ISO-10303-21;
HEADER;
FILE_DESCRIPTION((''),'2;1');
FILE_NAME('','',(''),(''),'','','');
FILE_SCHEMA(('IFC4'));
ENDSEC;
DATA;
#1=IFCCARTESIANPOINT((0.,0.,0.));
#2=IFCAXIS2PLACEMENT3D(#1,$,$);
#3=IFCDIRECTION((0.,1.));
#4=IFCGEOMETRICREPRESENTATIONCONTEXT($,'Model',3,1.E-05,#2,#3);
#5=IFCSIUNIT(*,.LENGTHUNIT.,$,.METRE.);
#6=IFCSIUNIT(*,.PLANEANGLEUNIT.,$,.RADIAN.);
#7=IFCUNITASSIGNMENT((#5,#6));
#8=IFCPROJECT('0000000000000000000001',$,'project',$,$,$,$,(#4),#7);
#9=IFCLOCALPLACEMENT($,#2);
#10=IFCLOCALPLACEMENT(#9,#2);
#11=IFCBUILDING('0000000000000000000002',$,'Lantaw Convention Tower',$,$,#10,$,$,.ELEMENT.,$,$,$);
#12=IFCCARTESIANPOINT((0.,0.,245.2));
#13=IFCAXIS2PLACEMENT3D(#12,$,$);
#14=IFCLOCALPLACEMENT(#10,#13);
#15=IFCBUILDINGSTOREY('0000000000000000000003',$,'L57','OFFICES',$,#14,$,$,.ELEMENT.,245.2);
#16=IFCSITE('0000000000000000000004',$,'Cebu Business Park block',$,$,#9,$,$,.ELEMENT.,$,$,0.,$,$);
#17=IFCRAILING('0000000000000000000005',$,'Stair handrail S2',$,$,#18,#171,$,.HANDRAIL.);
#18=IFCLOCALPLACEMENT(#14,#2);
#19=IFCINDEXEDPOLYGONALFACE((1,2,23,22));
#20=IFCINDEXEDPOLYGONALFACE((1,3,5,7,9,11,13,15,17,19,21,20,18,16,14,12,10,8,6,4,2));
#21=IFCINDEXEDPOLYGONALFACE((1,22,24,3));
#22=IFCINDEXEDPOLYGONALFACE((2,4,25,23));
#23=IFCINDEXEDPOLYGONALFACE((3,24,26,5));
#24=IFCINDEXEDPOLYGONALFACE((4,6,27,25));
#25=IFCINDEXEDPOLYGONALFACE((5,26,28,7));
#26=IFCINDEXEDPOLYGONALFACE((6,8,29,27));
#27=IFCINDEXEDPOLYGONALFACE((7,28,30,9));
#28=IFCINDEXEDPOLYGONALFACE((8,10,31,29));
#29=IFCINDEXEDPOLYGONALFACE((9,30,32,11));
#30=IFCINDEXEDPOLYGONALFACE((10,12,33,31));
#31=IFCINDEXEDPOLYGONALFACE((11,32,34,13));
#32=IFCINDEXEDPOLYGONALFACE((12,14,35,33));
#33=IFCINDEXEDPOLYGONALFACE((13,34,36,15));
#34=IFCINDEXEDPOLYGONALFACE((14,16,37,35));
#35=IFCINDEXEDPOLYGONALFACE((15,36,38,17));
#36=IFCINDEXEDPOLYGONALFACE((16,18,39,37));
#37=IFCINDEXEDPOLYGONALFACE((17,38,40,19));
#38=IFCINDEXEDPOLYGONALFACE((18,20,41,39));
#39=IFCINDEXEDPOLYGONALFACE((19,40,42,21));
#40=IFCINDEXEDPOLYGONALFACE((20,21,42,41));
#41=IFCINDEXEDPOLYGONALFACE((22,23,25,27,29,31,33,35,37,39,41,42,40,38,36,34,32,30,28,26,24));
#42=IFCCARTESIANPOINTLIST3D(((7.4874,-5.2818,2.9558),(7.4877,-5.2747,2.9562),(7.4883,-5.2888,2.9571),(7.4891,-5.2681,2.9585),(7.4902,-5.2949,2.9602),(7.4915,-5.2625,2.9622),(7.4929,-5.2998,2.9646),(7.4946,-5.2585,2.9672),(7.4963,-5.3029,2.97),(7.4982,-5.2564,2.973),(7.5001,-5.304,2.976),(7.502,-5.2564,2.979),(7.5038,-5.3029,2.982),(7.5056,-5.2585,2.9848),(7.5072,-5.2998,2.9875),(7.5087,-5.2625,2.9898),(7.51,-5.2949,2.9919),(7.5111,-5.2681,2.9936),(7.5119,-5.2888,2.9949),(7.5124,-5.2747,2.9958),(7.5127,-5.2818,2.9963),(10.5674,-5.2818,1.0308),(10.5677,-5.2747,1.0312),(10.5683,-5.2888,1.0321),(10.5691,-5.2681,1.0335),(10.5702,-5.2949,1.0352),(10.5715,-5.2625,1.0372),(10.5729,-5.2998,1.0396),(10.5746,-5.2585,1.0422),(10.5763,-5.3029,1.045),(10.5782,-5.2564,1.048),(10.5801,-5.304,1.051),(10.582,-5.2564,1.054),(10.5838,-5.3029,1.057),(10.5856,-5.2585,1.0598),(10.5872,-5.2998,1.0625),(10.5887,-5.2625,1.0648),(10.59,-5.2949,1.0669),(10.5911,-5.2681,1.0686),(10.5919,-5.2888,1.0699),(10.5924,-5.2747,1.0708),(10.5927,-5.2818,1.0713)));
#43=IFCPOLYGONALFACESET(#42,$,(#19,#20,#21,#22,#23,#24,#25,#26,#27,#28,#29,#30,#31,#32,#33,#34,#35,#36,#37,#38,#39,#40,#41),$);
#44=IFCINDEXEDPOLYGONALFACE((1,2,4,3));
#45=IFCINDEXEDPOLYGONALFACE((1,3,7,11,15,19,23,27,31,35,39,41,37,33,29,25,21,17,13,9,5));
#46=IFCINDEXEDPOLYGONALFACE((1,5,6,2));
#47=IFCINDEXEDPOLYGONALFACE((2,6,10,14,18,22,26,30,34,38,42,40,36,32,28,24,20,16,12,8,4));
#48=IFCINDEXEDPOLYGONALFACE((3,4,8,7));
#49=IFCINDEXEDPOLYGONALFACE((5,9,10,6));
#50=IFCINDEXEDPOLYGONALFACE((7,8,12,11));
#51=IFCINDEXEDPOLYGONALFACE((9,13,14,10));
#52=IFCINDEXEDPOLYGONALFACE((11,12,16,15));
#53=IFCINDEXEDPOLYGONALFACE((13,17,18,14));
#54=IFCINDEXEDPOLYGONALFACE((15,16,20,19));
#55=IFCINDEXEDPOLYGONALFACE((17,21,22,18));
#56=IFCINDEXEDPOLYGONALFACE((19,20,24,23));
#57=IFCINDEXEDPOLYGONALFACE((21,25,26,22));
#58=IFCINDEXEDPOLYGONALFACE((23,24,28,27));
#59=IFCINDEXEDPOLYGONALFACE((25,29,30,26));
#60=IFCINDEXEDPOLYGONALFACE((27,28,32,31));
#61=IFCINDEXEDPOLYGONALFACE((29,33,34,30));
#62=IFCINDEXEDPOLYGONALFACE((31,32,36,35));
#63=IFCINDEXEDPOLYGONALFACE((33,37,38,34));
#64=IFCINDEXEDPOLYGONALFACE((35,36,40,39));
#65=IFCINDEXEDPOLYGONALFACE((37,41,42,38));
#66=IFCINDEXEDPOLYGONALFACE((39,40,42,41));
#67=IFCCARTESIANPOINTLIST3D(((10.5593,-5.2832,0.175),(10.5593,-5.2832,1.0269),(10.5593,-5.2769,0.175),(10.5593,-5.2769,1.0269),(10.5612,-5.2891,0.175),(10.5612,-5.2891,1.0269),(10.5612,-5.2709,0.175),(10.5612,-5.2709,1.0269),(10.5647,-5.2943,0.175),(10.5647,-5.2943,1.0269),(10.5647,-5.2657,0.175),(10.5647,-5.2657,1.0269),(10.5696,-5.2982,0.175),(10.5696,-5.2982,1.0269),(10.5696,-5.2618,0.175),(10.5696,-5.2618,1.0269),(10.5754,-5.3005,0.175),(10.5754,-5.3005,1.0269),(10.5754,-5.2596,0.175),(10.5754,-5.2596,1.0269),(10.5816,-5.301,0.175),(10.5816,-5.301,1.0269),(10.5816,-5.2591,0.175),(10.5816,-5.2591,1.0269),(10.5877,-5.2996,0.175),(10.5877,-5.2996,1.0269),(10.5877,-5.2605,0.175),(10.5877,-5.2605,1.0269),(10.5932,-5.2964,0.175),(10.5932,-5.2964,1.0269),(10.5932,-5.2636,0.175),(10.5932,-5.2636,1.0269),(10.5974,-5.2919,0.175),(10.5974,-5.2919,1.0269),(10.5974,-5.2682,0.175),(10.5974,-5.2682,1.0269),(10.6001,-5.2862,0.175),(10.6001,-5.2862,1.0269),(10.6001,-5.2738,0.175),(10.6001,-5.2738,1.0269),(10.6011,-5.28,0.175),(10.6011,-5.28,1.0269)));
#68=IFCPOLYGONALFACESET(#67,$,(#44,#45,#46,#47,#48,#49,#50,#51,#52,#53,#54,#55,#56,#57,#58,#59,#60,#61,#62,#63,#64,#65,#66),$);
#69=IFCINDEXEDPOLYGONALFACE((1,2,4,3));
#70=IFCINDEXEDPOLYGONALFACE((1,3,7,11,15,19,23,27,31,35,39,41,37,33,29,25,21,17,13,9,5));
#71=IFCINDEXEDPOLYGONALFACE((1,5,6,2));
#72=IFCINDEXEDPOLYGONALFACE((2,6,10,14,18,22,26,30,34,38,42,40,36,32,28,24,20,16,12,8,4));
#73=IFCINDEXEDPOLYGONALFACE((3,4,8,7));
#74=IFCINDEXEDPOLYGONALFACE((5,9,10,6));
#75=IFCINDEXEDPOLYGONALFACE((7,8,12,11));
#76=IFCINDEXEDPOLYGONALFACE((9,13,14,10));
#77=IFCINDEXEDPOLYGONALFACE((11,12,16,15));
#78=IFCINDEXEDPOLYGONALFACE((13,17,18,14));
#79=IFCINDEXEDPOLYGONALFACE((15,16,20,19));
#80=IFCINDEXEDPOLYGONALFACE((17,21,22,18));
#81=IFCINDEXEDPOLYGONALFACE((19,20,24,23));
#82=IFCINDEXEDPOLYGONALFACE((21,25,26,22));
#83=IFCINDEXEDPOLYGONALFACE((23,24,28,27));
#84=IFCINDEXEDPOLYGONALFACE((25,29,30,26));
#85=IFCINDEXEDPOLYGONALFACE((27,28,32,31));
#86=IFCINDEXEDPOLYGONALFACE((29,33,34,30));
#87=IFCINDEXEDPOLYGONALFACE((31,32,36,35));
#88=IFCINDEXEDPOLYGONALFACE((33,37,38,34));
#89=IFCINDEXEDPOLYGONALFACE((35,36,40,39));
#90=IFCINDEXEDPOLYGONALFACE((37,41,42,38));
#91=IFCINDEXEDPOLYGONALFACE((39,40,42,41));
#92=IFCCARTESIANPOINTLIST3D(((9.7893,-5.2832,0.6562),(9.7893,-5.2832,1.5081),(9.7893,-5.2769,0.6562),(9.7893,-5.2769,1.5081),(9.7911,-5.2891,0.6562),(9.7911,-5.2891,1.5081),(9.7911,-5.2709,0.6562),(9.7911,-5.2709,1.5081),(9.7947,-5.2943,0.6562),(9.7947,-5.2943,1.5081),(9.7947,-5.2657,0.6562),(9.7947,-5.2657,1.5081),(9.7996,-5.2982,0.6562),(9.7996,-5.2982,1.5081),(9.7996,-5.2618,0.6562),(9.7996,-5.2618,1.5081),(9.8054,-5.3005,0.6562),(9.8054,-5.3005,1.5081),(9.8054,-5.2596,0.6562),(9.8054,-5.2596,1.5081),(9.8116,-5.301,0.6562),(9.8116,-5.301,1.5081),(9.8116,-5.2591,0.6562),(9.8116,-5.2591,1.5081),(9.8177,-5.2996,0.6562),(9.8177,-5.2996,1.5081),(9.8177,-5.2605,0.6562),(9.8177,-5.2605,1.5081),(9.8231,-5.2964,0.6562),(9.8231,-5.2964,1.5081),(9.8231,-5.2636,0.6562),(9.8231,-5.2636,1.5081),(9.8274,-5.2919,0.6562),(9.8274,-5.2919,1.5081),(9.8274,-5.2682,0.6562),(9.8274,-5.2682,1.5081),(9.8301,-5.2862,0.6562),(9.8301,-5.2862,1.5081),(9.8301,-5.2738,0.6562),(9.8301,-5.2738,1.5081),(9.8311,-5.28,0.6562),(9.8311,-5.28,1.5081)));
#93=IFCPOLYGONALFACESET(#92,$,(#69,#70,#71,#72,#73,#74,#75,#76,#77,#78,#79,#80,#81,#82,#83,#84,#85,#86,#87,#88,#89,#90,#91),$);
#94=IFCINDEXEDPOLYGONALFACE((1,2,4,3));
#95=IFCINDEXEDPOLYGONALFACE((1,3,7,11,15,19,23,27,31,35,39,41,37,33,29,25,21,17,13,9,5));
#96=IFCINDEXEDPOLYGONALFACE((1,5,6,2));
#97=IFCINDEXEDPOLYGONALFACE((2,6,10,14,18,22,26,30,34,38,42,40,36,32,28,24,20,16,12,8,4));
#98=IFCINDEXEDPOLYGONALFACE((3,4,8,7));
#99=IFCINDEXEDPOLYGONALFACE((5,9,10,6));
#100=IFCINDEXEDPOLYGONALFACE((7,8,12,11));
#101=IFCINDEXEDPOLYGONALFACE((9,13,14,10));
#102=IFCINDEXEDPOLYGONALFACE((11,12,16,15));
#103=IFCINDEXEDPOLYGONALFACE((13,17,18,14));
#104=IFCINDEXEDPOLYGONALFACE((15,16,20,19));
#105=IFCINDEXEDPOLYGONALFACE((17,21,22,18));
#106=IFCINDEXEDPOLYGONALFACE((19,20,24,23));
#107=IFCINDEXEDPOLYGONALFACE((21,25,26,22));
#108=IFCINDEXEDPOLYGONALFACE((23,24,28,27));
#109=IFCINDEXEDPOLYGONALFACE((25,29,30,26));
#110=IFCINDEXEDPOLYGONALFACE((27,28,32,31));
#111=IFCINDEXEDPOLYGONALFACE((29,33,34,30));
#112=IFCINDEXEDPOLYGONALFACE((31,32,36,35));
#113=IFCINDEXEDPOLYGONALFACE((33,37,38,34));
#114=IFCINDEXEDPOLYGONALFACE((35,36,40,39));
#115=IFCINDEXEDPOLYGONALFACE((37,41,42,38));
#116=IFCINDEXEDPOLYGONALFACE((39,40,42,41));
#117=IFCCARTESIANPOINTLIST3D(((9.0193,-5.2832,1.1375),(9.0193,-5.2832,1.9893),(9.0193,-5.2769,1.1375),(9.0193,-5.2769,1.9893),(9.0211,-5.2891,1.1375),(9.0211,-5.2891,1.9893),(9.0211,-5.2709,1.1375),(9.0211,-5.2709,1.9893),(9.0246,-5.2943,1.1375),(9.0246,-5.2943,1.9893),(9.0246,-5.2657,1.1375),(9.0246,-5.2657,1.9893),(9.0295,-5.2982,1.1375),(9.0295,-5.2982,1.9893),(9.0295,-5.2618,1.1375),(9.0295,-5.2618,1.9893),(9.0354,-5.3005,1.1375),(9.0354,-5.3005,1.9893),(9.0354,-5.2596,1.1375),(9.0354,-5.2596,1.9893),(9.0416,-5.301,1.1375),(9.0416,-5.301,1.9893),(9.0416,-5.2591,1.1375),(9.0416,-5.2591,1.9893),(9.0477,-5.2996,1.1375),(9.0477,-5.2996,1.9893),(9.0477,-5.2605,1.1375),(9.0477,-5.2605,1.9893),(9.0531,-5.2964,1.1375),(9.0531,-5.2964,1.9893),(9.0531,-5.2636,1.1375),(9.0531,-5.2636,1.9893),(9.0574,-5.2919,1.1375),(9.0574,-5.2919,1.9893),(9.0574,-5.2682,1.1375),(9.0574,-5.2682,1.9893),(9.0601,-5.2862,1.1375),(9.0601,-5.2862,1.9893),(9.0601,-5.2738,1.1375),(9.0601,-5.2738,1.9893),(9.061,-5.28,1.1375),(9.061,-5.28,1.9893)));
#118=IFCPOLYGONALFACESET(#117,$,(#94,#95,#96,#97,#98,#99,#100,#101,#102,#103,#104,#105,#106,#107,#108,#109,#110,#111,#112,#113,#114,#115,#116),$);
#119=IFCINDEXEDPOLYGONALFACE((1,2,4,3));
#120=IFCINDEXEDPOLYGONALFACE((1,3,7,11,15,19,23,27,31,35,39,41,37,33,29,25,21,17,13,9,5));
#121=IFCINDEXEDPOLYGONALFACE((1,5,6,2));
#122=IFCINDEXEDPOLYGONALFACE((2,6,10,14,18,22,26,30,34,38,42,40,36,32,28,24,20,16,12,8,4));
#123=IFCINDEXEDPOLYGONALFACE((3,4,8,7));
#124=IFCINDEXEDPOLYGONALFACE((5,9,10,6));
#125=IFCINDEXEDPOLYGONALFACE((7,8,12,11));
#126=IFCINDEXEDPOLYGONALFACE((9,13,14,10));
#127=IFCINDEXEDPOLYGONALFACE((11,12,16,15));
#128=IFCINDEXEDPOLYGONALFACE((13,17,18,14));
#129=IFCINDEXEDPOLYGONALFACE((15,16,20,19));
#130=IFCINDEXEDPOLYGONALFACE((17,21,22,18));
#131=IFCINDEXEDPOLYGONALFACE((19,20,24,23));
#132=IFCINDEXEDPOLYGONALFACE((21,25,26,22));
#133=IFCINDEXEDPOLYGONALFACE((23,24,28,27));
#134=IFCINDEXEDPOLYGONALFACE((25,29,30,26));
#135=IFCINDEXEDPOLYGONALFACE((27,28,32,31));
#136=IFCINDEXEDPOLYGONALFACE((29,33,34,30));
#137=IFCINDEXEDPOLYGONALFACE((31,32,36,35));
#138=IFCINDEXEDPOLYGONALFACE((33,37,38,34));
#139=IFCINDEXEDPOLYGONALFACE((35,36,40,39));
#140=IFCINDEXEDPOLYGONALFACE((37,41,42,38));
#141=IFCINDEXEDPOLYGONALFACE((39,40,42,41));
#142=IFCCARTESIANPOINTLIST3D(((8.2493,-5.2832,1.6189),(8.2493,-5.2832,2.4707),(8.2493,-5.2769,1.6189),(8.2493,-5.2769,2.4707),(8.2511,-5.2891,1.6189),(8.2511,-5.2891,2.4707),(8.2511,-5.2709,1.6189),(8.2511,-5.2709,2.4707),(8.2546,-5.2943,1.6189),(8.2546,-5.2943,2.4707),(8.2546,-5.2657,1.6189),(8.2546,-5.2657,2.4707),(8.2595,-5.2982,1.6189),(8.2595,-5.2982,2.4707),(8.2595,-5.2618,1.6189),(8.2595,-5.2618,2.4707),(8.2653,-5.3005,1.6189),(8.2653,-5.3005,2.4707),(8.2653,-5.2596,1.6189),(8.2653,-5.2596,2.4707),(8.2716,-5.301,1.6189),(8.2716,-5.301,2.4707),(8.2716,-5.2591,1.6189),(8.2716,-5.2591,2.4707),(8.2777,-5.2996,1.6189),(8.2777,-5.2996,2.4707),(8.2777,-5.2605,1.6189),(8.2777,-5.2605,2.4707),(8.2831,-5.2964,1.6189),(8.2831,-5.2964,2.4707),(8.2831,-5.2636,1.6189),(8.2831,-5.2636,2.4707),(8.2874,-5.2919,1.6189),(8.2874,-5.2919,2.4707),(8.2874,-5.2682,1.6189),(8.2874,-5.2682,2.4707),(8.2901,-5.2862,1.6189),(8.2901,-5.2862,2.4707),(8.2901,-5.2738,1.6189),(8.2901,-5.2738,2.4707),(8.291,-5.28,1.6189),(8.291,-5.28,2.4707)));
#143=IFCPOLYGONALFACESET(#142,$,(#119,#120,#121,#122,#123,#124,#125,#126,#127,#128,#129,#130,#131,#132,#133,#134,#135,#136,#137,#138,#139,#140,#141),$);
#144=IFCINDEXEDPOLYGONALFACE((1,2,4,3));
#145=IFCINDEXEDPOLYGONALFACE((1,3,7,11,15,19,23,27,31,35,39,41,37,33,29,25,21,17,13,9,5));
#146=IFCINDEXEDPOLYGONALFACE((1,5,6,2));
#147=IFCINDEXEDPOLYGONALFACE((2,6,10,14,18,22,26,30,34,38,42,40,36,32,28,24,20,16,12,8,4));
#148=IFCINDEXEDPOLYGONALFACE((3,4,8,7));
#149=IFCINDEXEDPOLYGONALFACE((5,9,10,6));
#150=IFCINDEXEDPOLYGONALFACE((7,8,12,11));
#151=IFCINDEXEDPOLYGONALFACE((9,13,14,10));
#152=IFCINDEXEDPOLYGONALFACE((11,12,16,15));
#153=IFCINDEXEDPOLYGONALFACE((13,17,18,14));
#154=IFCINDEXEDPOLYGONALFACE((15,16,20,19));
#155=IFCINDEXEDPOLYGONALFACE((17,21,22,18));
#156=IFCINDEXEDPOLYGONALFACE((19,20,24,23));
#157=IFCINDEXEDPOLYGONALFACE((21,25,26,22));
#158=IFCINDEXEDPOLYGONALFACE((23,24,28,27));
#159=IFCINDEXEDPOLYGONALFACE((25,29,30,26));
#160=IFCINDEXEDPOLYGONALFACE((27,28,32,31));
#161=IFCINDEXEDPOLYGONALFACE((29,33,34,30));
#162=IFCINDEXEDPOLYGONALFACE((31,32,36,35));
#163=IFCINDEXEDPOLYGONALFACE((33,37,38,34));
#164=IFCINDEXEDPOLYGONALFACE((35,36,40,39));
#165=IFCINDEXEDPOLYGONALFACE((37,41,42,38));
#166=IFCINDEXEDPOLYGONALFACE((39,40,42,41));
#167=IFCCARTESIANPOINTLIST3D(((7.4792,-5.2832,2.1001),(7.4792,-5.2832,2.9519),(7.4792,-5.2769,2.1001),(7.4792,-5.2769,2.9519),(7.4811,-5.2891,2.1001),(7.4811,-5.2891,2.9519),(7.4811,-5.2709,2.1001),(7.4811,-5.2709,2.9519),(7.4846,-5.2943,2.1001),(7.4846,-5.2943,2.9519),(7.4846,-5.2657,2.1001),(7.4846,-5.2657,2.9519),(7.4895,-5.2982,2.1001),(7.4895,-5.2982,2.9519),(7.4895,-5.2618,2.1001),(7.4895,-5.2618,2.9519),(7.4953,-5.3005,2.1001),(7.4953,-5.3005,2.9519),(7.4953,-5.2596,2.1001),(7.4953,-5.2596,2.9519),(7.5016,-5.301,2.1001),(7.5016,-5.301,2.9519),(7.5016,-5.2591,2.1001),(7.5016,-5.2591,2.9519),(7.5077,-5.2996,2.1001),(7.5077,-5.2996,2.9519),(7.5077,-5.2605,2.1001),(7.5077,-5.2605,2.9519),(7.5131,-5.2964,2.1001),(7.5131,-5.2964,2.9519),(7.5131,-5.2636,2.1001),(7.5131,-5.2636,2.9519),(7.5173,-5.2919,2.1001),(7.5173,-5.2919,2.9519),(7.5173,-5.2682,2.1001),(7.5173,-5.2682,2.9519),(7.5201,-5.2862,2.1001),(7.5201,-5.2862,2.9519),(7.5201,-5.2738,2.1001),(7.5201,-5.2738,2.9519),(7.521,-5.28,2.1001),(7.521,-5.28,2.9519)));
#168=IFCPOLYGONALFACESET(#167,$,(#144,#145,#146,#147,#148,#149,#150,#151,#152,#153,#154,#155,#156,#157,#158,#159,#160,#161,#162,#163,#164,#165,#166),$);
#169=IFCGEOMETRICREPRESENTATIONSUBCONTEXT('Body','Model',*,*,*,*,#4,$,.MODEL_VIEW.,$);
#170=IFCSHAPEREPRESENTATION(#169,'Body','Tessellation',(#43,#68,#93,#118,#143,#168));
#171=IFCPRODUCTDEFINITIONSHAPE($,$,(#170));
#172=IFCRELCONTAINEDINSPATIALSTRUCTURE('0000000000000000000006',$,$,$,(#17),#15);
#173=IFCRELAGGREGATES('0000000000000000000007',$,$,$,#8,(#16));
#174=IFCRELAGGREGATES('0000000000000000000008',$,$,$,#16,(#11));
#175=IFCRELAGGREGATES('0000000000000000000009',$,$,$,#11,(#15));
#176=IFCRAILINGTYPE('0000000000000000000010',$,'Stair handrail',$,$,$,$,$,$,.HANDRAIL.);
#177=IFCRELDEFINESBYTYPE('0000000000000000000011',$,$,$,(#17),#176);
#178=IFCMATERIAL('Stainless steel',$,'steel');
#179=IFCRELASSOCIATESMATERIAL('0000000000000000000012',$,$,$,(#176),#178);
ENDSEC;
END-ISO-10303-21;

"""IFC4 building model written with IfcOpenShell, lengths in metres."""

from ifc_helpers import new_model, si_unit, direction, frame, origin, origin_2d, place, context, subcontext, project, spatial, circle, extrude, material, type_object, element, save


model = new_model("IFC4")

# Units and contexts
model_context = context("Model", 3, precision=1e-05, world=origin(), true_north=direction((0.0, 1.0)))
body_context = subcontext(model_context, "Body", "Model", "MODEL_VIEW")
ifc_project = project(units=[si_unit("LENGTHUNIT", "METRE"), si_unit("PLANEANGLEUNIT", "RADIAN")], contexts=[model_context])

# Site, building, storey
site_placement = place(None, origin())
site = spatial("IfcSite", under=ifc_project, at=site_placement, Name="Cebu Business Park block", CompositionType="ELEMENT", RefElevation=0.0)
building_placement = place(site_placement, origin())
building = spatial("IfcBuilding", under=site, at=building_placement, Name="Lantaw Convention Tower", CompositionType="ELEMENT")
storey_placement = place(building_placement, frame((0.0, 0.0, 245.2)))
storey = spatial("IfcBuildingStorey", under=building, at=storey_placement, Name="L57", Description="OFFICES", CompositionType="ELEMENT", Elevation=245.2)

# Railing
ifc_material_1 = material(Name="Stainless steel", Category="steel")
railing_type = type_object("IfcRailingType", Name="Stair handrail", PredefinedType="HANDRAIL", material=ifc_material_1)
railing_1_placement = place(storey_placement, frame((10.5801, -5.28, 0.175)))
element("IfcRailing", 1, at=railing_1_placement, inside=storey, type_object=railing_type, Name="Stair handrail S2", PredefinedType="HANDRAIL", context=body_context, shape_type="SweptSolid", body=[
    extrude(circle(Radius=0.0239, at=origin_2d()), frame((0.0, 0.0, 0.876), z_axis=(-0.847998, 0.0, 0.529999), x_axis=(0.0, -1.0, 0.0)), (0.0, 0.0, 1.0), 3.6321),
    extrude(circle(Radius=0.021, at=origin_2d()), origin(), (0.0, 0.0, 1.0), 0.8518),
    extrude(circle(Radius=0.021, at=origin_2d()), frame((-0.77, 0.0, 0.4812)), (0.0, 0.0, 1.0), 0.8518),
    extrude(circle(Radius=0.021, at=origin_2d()), frame((-1.54, 0.0, 0.9624)), (0.0, 0.0, 1.0), 0.8518),
    extrude(circle(Radius=0.021, at=origin_2d()), frame((-2.3101, 0.0, 1.4438)), (0.0, 0.0, 1.0), 0.8518),
    extrude(circle(Radius=0.021, at=origin_2d()), frame((-3.0801, 0.0, 1.925)), (0.0, 0.0, 1.0), 0.8518),
])

save(model, "model.ifc")
